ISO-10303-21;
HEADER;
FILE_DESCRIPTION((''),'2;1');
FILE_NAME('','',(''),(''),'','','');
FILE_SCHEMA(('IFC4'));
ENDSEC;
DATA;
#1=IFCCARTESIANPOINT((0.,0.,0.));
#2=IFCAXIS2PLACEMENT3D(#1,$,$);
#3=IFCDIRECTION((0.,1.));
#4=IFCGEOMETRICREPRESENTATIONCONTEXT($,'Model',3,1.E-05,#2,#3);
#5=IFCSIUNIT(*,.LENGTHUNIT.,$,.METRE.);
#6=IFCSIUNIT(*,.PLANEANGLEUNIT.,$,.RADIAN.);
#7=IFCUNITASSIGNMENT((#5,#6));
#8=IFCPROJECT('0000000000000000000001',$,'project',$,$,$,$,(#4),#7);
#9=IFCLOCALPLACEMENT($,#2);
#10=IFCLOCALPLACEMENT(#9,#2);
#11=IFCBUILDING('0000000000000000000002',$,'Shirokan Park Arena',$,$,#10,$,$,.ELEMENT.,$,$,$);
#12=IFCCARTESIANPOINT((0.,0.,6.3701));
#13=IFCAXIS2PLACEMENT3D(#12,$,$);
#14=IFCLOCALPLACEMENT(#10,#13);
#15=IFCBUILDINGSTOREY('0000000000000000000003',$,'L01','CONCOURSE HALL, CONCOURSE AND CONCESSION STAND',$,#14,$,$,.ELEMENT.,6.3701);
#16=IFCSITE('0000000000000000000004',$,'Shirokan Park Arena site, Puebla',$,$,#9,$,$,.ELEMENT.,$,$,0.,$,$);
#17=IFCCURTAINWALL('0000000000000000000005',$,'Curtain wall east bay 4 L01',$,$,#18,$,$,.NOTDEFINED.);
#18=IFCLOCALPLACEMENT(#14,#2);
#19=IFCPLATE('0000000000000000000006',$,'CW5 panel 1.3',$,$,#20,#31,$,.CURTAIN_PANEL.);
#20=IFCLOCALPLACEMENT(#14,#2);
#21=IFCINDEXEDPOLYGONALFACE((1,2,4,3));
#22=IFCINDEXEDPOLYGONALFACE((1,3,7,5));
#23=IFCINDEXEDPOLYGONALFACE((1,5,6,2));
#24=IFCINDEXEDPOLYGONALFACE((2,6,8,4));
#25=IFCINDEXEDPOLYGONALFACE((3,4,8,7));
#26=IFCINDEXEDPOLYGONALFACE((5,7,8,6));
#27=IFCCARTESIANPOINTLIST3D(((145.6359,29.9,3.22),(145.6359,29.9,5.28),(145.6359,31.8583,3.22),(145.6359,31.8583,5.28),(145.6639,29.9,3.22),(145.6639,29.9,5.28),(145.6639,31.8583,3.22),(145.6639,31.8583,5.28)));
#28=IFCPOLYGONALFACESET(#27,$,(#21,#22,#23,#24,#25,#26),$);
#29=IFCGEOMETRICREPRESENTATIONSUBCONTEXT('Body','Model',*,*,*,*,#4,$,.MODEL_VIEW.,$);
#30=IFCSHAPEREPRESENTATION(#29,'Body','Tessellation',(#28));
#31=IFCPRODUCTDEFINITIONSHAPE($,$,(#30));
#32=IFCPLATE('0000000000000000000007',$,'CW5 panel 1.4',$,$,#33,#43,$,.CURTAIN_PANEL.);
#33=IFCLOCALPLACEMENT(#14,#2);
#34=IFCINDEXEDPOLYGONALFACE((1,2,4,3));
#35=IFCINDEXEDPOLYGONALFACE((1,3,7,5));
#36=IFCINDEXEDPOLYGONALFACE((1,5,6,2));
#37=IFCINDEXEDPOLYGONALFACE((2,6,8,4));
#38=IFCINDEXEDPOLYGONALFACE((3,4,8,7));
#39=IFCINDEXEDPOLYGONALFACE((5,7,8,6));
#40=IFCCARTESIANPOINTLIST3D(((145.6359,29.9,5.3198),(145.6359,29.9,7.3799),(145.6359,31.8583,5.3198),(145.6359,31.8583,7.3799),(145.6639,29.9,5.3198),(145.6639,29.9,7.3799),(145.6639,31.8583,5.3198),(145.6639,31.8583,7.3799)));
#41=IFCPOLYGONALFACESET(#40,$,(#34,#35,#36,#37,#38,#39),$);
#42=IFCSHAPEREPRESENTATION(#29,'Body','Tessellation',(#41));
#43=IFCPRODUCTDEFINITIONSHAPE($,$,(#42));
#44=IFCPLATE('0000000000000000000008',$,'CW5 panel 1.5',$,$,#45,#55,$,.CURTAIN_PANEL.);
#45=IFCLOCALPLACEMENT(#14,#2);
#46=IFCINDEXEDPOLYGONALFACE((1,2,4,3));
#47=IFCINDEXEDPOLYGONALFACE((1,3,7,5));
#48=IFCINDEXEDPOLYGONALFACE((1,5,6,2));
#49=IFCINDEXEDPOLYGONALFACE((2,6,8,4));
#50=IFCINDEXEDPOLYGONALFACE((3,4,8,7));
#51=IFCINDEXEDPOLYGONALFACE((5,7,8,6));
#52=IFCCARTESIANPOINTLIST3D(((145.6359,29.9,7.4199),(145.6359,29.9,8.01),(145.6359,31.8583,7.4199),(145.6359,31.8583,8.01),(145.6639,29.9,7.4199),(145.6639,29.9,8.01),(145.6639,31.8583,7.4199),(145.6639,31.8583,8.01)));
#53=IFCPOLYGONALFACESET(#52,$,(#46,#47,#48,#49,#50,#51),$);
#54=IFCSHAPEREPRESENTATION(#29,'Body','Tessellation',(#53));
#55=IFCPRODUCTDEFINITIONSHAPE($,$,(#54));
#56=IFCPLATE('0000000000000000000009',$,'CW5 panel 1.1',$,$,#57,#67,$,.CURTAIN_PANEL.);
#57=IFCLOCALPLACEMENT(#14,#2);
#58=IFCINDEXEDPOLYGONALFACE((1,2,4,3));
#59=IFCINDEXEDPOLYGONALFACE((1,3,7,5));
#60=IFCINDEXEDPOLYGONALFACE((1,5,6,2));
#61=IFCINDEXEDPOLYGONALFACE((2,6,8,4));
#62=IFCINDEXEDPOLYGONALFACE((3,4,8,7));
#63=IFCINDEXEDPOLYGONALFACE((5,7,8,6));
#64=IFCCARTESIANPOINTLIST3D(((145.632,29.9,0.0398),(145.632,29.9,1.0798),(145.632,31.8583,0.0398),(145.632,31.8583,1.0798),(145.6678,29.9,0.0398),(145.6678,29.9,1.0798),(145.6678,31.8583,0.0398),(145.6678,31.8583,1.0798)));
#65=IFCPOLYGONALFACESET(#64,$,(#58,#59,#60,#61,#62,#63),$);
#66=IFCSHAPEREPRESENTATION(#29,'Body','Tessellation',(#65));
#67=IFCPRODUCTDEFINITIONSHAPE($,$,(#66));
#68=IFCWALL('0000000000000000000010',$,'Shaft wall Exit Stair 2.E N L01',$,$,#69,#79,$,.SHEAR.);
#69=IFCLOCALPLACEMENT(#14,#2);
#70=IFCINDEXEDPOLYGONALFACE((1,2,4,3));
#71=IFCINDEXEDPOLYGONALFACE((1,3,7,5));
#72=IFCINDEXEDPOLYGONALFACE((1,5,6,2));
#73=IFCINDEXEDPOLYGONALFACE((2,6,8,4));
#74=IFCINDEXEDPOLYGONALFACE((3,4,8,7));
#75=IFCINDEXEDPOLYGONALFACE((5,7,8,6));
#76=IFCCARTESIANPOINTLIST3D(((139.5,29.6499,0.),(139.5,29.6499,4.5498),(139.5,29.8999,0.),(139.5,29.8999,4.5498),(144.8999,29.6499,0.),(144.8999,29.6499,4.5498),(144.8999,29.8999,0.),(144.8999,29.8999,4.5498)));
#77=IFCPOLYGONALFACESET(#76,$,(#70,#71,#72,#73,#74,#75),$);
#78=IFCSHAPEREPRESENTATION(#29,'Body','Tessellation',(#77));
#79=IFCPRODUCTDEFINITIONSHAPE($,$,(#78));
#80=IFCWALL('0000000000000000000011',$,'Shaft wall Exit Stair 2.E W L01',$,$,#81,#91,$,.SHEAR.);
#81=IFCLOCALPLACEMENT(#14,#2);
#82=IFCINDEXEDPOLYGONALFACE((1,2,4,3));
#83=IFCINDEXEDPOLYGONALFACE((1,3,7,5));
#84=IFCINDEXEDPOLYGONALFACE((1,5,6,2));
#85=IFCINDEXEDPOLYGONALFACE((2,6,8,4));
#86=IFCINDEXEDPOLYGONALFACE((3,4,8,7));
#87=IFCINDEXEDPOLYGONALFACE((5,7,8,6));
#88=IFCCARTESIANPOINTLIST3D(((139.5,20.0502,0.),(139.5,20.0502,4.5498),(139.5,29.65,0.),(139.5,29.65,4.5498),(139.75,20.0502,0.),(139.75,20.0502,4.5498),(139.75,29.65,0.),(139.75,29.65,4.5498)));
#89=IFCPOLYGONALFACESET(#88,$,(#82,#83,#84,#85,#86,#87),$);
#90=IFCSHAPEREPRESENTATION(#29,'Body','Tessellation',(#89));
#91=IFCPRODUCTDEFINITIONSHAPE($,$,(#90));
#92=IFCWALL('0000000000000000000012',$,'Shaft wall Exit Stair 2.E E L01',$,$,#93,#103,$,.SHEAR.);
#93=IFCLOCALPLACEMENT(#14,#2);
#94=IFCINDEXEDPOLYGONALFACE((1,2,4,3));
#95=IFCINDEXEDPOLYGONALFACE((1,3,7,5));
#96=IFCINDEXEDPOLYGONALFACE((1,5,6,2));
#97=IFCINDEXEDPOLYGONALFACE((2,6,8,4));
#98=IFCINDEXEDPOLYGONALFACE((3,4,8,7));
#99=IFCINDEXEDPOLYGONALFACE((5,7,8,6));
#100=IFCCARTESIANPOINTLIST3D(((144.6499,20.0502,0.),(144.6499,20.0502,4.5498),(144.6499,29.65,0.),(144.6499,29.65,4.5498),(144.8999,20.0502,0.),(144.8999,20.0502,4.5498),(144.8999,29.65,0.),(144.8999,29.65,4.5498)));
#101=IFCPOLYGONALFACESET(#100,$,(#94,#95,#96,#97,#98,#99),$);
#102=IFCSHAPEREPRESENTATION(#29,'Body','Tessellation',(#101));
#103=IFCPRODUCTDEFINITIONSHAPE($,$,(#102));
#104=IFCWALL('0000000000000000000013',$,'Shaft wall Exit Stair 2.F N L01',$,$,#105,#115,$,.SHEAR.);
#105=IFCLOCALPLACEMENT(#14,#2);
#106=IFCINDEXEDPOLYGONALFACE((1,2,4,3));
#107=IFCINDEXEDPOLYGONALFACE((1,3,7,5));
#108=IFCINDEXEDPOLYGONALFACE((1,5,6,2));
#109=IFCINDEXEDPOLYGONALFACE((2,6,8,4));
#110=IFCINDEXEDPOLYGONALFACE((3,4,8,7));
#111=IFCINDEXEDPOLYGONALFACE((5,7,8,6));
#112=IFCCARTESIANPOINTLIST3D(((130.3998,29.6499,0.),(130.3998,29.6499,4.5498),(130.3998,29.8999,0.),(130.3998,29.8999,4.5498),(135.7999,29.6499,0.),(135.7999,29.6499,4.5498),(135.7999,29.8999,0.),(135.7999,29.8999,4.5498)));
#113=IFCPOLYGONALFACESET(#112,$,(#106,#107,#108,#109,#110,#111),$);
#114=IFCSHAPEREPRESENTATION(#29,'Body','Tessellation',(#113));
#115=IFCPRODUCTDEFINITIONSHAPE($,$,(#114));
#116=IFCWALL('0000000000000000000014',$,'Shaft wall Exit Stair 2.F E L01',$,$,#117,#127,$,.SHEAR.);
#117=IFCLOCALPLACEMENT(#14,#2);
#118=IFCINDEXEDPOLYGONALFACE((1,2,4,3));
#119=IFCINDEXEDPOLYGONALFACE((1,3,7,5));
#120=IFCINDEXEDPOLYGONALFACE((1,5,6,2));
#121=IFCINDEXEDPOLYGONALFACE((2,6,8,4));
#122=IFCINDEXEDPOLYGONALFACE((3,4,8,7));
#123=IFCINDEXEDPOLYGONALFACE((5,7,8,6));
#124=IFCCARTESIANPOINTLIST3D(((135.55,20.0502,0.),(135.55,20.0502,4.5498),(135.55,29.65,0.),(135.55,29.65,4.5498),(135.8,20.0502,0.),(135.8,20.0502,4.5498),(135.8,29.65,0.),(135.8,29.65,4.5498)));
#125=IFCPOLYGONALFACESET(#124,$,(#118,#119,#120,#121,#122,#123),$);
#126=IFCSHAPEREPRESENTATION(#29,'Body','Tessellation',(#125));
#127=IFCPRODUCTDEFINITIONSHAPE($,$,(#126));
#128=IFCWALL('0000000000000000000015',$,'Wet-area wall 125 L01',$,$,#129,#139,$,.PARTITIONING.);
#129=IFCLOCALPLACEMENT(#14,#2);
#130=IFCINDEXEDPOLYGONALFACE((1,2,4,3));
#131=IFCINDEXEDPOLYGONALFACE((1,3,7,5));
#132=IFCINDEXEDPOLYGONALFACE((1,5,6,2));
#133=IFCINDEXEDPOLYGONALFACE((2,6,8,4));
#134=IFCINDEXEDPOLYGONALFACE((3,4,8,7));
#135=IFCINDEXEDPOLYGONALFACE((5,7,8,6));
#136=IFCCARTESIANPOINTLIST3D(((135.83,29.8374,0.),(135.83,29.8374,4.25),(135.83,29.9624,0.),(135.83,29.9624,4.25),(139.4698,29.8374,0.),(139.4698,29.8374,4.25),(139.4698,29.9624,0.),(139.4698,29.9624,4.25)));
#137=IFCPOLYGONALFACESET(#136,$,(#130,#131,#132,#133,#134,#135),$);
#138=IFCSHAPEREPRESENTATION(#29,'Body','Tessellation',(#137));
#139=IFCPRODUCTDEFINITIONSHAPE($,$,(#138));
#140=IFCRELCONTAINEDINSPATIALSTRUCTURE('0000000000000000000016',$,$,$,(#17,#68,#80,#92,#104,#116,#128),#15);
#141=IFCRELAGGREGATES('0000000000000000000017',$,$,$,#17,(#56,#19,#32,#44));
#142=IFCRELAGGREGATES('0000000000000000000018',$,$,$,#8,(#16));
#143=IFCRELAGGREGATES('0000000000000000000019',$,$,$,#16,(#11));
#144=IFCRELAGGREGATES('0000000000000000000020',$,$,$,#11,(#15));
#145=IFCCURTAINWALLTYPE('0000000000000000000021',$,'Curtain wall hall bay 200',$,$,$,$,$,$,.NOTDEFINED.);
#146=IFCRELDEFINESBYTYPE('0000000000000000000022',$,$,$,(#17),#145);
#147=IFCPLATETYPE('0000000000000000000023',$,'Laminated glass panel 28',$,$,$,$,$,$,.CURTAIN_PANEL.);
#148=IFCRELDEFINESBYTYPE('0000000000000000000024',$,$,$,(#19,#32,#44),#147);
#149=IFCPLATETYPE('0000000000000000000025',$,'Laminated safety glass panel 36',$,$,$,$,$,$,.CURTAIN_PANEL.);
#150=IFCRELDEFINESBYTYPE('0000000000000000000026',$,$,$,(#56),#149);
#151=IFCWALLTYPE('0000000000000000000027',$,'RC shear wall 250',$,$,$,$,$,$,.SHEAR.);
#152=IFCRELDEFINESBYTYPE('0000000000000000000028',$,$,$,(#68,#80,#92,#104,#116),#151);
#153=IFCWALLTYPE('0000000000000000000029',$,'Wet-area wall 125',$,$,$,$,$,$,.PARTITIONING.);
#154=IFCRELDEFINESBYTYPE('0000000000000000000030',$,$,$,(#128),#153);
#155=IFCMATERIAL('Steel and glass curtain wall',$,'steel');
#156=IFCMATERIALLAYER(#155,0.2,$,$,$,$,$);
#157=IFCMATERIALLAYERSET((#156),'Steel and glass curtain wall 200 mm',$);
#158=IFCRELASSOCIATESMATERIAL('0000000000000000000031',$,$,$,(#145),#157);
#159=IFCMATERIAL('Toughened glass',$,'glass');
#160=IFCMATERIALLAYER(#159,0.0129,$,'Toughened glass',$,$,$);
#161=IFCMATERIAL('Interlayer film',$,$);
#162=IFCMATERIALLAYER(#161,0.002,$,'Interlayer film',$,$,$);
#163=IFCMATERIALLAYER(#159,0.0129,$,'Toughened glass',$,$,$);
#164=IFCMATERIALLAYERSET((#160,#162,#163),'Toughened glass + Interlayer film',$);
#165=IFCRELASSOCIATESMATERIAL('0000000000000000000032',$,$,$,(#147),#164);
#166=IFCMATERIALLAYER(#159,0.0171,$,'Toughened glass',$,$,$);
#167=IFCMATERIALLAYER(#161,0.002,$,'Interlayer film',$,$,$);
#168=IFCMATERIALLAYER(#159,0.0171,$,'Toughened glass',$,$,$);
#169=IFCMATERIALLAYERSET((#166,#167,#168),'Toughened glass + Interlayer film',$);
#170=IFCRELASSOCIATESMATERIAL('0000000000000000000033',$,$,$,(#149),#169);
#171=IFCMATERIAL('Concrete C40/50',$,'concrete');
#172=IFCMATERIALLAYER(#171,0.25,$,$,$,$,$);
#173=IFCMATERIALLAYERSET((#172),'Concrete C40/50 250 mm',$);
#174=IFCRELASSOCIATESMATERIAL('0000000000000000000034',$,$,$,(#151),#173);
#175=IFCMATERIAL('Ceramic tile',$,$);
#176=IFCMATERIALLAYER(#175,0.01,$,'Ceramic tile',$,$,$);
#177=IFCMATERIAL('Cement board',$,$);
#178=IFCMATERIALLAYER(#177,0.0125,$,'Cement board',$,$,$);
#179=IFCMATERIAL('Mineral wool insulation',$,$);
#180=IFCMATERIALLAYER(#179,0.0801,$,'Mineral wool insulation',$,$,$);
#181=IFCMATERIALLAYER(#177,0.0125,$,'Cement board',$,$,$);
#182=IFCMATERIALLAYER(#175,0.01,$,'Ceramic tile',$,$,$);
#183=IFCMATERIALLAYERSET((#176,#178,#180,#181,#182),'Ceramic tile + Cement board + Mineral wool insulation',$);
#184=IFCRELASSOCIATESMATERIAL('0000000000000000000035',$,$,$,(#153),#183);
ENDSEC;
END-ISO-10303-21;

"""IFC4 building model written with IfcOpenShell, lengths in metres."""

from ifc_helpers import new_model, si_unit, direction, frame, frame_2d, origin, origin_2d, place, context, subcontext, project, spatial, rectangle, extrude, material, layer, layer_set, type_object, element, aggregate, save


model = new_model("IFC4")

# Units and contexts
model_context = context("Model", 3, precision=1e-05, world=origin(), true_north=direction((0.0, 1.0)))
body_context = subcontext(model_context, "Body", "Model", "MODEL_VIEW")
ifc_project = project(units=[si_unit("LENGTHUNIT", "METRE"), si_unit("PLANEANGLEUNIT", "RADIAN")], contexts=[model_context])

# Site, building, storey
site_placement = place(None, origin())
site = spatial("IfcSite", under=ifc_project, at=site_placement, Name="Shirokan Park Arena site, Puebla", CompositionType="ELEMENT", RefElevation=0.0)
building_placement = place(site_placement, origin())
building = spatial("IfcBuilding", under=site, at=building_placement, Name="Shirokan Park Arena", CompositionType="ELEMENT")
storey_placement = place(building_placement, frame((0.0, 0.0, 6.3701)))
storey = spatial("IfcBuildingStorey", under=building, at=storey_placement, Name="L01", Description="CONCOURSE HALL, CONCOURSE AND CONCESSION STAND", CompositionType="ELEMENT", Elevation=6.3701)

# Curtain wall, plates
ifc_material_1 = material(Name="Steel and glass curtain wall", Category="steel")
ifc_layer_1 = layer(ifc_material_1, 0.2)
ifc_layer_set_1 = layer_set([ifc_layer_1], Name="Steel and glass curtain wall 200 mm")
curtain_wall_type = type_object("IfcCurtainWallType", Name="Curtain wall hall bay 200", PredefinedType="NOTDEFINED", material=ifc_layer_set_1)
curtain_wall_placement = place(storey_placement, origin())
curtain_wall = element("IfcCurtainWall", 1, at=curtain_wall_placement, inside=storey, type_object=curtain_wall_type, Name="Curtain wall east bay 4 L01", PredefinedType="NOTDEFINED")
ifc_material_2 = material(Name="Toughened glass", Category="glass")
ifc_layer_2 = layer(ifc_material_2, 0.0129, Name="Toughened glass")
ifc_material_3 = material(Name="Interlayer film")
ifc_layer_3 = layer(ifc_material_3, 0.002, Name="Interlayer film")
ifc_layer_4 = layer(ifc_material_2, 0.0129, Name="Toughened glass")
ifc_layer_set_2 = layer_set([ifc_layer_2, ifc_layer_3, ifc_layer_4], Name="Toughened glass + Interlayer film")
plate_type_1 = type_object("IfcPlateType", Name="Laminated glass panel 28", PredefinedType="CURTAIN_PANEL", material=ifc_layer_set_2)
plate_1_placement = place(storey_placement, frame((145.6499, 30.8792, 3.22), z_axis=(0.0, 0.0, 1.0), x_axis=(0.0, 1.0, 0.0)))
plate_1 = element("IfcPlate", 2, at=plate_1_placement, type_object=plate_type_1, Name="CW5 panel 1.3", PredefinedType="CURTAIN_PANEL", context=body_context, shape_type="SweptSolid", body=[
    extrude(rectangle(XDim=1.9583, YDim=0.0281, at=origin_2d()), origin(), (0.0, 0.0, 1.0), 2.0601),
])
plate_2_placement = place(storey_placement, frame((145.6499, 30.8792, 5.3198), z_axis=(0.0, 0.0, 1.0), x_axis=(0.0, 1.0, 0.0)))
plate_2 = element("IfcPlate", 3, at=plate_2_placement, type_object=plate_type_1, Name="CW5 panel 1.4", PredefinedType="CURTAIN_PANEL", context=body_context, shape_type="SweptSolid", body=[
    extrude(rectangle(XDim=1.9583, YDim=0.0281, at=origin_2d()), origin(), (0.0, 0.0, 1.0), 2.0601),
])
plate_3_placement = place(storey_placement, frame((145.6499, 30.8792, 7.4199), z_axis=(0.0, 0.0, 1.0), x_axis=(0.0, 1.0, 0.0)))
plate_3 = element("IfcPlate", 4, at=plate_3_placement, type_object=plate_type_1, Name="CW5 panel 1.5", PredefinedType="CURTAIN_PANEL", context=body_context, shape_type="SweptSolid", body=[
    extrude(rectangle(XDim=1.9583, YDim=0.0281, at=origin_2d()), origin(), (0.0, 0.0, 1.0), 0.5901),
])
ifc_layer_5 = layer(ifc_material_2, 0.0171, Name="Toughened glass")
ifc_layer_6 = layer(ifc_material_3, 0.002, Name="Interlayer film")
ifc_layer_7 = layer(ifc_material_2, 0.0171, Name="Toughened glass")
ifc_layer_set_3 = layer_set([ifc_layer_5, ifc_layer_6, ifc_layer_7], Name="Toughened glass + Interlayer film")
plate_type_2 = type_object("IfcPlateType", Name="Laminated safety glass panel 36", PredefinedType="CURTAIN_PANEL", material=ifc_layer_set_3)
plate_4_placement = place(storey_placement, frame((145.6499, 30.8792, 0.0398), z_axis=(0.0, 0.0, 1.0), x_axis=(0.0, 1.0, 0.0)))
plate_4 = element("IfcPlate", 5, at=plate_4_placement, type_object=plate_type_2, Name="CW5 panel 1.1", PredefinedType="CURTAIN_PANEL", context=body_context, shape_type="SweptSolid", body=[
    extrude(rectangle(XDim=1.9583, YDim=0.0359, at=origin_2d()), origin(), (0.0, 0.0, 1.0), 1.04),
])
aggregate(curtain_wall, [plate_4, plate_1, plate_2, plate_3])

# Walls
ifc_material_4 = material(Name="Concrete C40/50", Category="concrete")
ifc_layer_8 = layer(ifc_material_4, 0.25)
ifc_layer_set_4 = layer_set([ifc_layer_8], Name="Concrete C40/50 250 mm")
wall_type_1 = type_object("IfcWallType", Name="RC shear wall 250", PredefinedType="SHEAR", material=ifc_layer_set_4)
wall_1_placement = place(storey_placement, frame((144.8999, 29.7749, 0.0), z_axis=(0.0, 0.0, 1.0), x_axis=(-1.0, 0.0, 0.0)))
element("IfcWall", 6, at=wall_1_placement, inside=storey, type_object=wall_type_1, Name="Shaft wall Exit Stair 2.E N L01", PredefinedType="SHEAR", context=body_context, shape_type="SweptSolid", body=[
    extrude(rectangle(XDim=5.3999, YDim=0.25, at=frame_2d((2.7, 0.0))), origin(), (0.0, 0.0, 1.0), 4.5498),
])
for number, where, z_axis, x_axis, name in (
    (7, (139.625, 29.6499, 0.0), (0.0, 0.0, 1.0), (0.0, -1.0, 0.0), "Shaft wall Exit Stair 2.E W L01"),
    (8, (144.7749, 29.6499, 0.0), (0.0, 0.0, 1.0), (0.0, -1.0, 0.0), "Shaft wall Exit Stair 2.E E L01"),
):
    element("IfcWall", number, at=place(storey_placement, frame(where, z_axis=z_axis, x_axis=x_axis)), inside=storey, type_object=wall_type_1, Name=name, PredefinedType="SHEAR", context=body_context, shape_type="SweptSolid", body=[
        extrude(rectangle(XDim=9.5999, YDim=0.25, at=frame_2d((4.7998, 0.0))), origin(), (0.0, 0.0, 1.0), 4.5498),
    ])
wall_2_placement = place(storey_placement, frame((135.8, 29.7749, 0.0), z_axis=(0.0, 0.0, 1.0), x_axis=(-1.0, 0.0, 0.0)))
element("IfcWall", 9, at=wall_2_placement, inside=storey, type_object=wall_type_1, Name="Shaft wall Exit Stair 2.F N L01", PredefinedType="SHEAR", context=body_context, shape_type="SweptSolid", body=[
    extrude(rectangle(XDim=5.4001, YDim=0.25, at=frame_2d((2.7002, 0.0))), origin(), (0.0, 0.0, 1.0), 4.5498),
])
wall_3_placement = place(storey_placement, frame((135.675, 29.6499, 0.0), z_axis=(0.0, 0.0, 1.0), x_axis=(0.0, -1.0, 0.0)))
element("IfcWall", 10, at=wall_3_placement, inside=storey, type_object=wall_type_1, Name="Shaft wall Exit Stair 2.F E L01", PredefinedType="SHEAR", context=body_context, shape_type="SweptSolid", body=[
    extrude(rectangle(XDim=9.5999, YDim=0.25, at=frame_2d((4.7998, 0.0))), origin(), (0.0, 0.0, 1.0), 4.5498),
])
ifc_material_5 = material(Name="Ceramic tile")
ifc_layer_9 = layer(ifc_material_5, 0.01, Name="Ceramic tile")
ifc_material_6 = material(Name="Cement board")
ifc_layer_10 = layer(ifc_material_6, 0.0125, Name="Cement board")
ifc_material_7 = material(Name="Mineral wool insulation")
ifc_layer_11 = layer(ifc_material_7, 0.0801, Name="Mineral wool insulation")
ifc_layer_12 = layer(ifc_material_6, 0.0125, Name="Cement board")
ifc_layer_13 = layer(ifc_material_5, 0.01, Name="Ceramic tile")
ifc_layer_set_5 = layer_set([ifc_layer_9, ifc_layer_10, ifc_layer_11, ifc_layer_12, ifc_layer_13], Name="Ceramic tile + Cement board + Mineral wool insulation")
wall_type_2 = type_object("IfcWallType", Name="Wet-area wall 125", PredefinedType="PARTITIONING", material=ifc_layer_set_5)
wall_4_placement = place(storey_placement, frame((135.8301, 29.8999, 0.0), z_axis=(0.0, 0.0, 1.0), x_axis=(1.0, 0.0, 0.0)))
element("IfcWall", 11, at=wall_4_placement, inside=storey, type_object=wall_type_2, Name="Wet-area wall 125 L01", PredefinedType="PARTITIONING", context=body_context, shape_type="SweptSolid", body=[
    extrude(rectangle(XDim=3.6399, YDim=0.125, at=frame_2d((1.8198, 0.0))), origin(), (0.0, 0.0, 1.0), 4.25),
])

save(model, "model.ifc")
